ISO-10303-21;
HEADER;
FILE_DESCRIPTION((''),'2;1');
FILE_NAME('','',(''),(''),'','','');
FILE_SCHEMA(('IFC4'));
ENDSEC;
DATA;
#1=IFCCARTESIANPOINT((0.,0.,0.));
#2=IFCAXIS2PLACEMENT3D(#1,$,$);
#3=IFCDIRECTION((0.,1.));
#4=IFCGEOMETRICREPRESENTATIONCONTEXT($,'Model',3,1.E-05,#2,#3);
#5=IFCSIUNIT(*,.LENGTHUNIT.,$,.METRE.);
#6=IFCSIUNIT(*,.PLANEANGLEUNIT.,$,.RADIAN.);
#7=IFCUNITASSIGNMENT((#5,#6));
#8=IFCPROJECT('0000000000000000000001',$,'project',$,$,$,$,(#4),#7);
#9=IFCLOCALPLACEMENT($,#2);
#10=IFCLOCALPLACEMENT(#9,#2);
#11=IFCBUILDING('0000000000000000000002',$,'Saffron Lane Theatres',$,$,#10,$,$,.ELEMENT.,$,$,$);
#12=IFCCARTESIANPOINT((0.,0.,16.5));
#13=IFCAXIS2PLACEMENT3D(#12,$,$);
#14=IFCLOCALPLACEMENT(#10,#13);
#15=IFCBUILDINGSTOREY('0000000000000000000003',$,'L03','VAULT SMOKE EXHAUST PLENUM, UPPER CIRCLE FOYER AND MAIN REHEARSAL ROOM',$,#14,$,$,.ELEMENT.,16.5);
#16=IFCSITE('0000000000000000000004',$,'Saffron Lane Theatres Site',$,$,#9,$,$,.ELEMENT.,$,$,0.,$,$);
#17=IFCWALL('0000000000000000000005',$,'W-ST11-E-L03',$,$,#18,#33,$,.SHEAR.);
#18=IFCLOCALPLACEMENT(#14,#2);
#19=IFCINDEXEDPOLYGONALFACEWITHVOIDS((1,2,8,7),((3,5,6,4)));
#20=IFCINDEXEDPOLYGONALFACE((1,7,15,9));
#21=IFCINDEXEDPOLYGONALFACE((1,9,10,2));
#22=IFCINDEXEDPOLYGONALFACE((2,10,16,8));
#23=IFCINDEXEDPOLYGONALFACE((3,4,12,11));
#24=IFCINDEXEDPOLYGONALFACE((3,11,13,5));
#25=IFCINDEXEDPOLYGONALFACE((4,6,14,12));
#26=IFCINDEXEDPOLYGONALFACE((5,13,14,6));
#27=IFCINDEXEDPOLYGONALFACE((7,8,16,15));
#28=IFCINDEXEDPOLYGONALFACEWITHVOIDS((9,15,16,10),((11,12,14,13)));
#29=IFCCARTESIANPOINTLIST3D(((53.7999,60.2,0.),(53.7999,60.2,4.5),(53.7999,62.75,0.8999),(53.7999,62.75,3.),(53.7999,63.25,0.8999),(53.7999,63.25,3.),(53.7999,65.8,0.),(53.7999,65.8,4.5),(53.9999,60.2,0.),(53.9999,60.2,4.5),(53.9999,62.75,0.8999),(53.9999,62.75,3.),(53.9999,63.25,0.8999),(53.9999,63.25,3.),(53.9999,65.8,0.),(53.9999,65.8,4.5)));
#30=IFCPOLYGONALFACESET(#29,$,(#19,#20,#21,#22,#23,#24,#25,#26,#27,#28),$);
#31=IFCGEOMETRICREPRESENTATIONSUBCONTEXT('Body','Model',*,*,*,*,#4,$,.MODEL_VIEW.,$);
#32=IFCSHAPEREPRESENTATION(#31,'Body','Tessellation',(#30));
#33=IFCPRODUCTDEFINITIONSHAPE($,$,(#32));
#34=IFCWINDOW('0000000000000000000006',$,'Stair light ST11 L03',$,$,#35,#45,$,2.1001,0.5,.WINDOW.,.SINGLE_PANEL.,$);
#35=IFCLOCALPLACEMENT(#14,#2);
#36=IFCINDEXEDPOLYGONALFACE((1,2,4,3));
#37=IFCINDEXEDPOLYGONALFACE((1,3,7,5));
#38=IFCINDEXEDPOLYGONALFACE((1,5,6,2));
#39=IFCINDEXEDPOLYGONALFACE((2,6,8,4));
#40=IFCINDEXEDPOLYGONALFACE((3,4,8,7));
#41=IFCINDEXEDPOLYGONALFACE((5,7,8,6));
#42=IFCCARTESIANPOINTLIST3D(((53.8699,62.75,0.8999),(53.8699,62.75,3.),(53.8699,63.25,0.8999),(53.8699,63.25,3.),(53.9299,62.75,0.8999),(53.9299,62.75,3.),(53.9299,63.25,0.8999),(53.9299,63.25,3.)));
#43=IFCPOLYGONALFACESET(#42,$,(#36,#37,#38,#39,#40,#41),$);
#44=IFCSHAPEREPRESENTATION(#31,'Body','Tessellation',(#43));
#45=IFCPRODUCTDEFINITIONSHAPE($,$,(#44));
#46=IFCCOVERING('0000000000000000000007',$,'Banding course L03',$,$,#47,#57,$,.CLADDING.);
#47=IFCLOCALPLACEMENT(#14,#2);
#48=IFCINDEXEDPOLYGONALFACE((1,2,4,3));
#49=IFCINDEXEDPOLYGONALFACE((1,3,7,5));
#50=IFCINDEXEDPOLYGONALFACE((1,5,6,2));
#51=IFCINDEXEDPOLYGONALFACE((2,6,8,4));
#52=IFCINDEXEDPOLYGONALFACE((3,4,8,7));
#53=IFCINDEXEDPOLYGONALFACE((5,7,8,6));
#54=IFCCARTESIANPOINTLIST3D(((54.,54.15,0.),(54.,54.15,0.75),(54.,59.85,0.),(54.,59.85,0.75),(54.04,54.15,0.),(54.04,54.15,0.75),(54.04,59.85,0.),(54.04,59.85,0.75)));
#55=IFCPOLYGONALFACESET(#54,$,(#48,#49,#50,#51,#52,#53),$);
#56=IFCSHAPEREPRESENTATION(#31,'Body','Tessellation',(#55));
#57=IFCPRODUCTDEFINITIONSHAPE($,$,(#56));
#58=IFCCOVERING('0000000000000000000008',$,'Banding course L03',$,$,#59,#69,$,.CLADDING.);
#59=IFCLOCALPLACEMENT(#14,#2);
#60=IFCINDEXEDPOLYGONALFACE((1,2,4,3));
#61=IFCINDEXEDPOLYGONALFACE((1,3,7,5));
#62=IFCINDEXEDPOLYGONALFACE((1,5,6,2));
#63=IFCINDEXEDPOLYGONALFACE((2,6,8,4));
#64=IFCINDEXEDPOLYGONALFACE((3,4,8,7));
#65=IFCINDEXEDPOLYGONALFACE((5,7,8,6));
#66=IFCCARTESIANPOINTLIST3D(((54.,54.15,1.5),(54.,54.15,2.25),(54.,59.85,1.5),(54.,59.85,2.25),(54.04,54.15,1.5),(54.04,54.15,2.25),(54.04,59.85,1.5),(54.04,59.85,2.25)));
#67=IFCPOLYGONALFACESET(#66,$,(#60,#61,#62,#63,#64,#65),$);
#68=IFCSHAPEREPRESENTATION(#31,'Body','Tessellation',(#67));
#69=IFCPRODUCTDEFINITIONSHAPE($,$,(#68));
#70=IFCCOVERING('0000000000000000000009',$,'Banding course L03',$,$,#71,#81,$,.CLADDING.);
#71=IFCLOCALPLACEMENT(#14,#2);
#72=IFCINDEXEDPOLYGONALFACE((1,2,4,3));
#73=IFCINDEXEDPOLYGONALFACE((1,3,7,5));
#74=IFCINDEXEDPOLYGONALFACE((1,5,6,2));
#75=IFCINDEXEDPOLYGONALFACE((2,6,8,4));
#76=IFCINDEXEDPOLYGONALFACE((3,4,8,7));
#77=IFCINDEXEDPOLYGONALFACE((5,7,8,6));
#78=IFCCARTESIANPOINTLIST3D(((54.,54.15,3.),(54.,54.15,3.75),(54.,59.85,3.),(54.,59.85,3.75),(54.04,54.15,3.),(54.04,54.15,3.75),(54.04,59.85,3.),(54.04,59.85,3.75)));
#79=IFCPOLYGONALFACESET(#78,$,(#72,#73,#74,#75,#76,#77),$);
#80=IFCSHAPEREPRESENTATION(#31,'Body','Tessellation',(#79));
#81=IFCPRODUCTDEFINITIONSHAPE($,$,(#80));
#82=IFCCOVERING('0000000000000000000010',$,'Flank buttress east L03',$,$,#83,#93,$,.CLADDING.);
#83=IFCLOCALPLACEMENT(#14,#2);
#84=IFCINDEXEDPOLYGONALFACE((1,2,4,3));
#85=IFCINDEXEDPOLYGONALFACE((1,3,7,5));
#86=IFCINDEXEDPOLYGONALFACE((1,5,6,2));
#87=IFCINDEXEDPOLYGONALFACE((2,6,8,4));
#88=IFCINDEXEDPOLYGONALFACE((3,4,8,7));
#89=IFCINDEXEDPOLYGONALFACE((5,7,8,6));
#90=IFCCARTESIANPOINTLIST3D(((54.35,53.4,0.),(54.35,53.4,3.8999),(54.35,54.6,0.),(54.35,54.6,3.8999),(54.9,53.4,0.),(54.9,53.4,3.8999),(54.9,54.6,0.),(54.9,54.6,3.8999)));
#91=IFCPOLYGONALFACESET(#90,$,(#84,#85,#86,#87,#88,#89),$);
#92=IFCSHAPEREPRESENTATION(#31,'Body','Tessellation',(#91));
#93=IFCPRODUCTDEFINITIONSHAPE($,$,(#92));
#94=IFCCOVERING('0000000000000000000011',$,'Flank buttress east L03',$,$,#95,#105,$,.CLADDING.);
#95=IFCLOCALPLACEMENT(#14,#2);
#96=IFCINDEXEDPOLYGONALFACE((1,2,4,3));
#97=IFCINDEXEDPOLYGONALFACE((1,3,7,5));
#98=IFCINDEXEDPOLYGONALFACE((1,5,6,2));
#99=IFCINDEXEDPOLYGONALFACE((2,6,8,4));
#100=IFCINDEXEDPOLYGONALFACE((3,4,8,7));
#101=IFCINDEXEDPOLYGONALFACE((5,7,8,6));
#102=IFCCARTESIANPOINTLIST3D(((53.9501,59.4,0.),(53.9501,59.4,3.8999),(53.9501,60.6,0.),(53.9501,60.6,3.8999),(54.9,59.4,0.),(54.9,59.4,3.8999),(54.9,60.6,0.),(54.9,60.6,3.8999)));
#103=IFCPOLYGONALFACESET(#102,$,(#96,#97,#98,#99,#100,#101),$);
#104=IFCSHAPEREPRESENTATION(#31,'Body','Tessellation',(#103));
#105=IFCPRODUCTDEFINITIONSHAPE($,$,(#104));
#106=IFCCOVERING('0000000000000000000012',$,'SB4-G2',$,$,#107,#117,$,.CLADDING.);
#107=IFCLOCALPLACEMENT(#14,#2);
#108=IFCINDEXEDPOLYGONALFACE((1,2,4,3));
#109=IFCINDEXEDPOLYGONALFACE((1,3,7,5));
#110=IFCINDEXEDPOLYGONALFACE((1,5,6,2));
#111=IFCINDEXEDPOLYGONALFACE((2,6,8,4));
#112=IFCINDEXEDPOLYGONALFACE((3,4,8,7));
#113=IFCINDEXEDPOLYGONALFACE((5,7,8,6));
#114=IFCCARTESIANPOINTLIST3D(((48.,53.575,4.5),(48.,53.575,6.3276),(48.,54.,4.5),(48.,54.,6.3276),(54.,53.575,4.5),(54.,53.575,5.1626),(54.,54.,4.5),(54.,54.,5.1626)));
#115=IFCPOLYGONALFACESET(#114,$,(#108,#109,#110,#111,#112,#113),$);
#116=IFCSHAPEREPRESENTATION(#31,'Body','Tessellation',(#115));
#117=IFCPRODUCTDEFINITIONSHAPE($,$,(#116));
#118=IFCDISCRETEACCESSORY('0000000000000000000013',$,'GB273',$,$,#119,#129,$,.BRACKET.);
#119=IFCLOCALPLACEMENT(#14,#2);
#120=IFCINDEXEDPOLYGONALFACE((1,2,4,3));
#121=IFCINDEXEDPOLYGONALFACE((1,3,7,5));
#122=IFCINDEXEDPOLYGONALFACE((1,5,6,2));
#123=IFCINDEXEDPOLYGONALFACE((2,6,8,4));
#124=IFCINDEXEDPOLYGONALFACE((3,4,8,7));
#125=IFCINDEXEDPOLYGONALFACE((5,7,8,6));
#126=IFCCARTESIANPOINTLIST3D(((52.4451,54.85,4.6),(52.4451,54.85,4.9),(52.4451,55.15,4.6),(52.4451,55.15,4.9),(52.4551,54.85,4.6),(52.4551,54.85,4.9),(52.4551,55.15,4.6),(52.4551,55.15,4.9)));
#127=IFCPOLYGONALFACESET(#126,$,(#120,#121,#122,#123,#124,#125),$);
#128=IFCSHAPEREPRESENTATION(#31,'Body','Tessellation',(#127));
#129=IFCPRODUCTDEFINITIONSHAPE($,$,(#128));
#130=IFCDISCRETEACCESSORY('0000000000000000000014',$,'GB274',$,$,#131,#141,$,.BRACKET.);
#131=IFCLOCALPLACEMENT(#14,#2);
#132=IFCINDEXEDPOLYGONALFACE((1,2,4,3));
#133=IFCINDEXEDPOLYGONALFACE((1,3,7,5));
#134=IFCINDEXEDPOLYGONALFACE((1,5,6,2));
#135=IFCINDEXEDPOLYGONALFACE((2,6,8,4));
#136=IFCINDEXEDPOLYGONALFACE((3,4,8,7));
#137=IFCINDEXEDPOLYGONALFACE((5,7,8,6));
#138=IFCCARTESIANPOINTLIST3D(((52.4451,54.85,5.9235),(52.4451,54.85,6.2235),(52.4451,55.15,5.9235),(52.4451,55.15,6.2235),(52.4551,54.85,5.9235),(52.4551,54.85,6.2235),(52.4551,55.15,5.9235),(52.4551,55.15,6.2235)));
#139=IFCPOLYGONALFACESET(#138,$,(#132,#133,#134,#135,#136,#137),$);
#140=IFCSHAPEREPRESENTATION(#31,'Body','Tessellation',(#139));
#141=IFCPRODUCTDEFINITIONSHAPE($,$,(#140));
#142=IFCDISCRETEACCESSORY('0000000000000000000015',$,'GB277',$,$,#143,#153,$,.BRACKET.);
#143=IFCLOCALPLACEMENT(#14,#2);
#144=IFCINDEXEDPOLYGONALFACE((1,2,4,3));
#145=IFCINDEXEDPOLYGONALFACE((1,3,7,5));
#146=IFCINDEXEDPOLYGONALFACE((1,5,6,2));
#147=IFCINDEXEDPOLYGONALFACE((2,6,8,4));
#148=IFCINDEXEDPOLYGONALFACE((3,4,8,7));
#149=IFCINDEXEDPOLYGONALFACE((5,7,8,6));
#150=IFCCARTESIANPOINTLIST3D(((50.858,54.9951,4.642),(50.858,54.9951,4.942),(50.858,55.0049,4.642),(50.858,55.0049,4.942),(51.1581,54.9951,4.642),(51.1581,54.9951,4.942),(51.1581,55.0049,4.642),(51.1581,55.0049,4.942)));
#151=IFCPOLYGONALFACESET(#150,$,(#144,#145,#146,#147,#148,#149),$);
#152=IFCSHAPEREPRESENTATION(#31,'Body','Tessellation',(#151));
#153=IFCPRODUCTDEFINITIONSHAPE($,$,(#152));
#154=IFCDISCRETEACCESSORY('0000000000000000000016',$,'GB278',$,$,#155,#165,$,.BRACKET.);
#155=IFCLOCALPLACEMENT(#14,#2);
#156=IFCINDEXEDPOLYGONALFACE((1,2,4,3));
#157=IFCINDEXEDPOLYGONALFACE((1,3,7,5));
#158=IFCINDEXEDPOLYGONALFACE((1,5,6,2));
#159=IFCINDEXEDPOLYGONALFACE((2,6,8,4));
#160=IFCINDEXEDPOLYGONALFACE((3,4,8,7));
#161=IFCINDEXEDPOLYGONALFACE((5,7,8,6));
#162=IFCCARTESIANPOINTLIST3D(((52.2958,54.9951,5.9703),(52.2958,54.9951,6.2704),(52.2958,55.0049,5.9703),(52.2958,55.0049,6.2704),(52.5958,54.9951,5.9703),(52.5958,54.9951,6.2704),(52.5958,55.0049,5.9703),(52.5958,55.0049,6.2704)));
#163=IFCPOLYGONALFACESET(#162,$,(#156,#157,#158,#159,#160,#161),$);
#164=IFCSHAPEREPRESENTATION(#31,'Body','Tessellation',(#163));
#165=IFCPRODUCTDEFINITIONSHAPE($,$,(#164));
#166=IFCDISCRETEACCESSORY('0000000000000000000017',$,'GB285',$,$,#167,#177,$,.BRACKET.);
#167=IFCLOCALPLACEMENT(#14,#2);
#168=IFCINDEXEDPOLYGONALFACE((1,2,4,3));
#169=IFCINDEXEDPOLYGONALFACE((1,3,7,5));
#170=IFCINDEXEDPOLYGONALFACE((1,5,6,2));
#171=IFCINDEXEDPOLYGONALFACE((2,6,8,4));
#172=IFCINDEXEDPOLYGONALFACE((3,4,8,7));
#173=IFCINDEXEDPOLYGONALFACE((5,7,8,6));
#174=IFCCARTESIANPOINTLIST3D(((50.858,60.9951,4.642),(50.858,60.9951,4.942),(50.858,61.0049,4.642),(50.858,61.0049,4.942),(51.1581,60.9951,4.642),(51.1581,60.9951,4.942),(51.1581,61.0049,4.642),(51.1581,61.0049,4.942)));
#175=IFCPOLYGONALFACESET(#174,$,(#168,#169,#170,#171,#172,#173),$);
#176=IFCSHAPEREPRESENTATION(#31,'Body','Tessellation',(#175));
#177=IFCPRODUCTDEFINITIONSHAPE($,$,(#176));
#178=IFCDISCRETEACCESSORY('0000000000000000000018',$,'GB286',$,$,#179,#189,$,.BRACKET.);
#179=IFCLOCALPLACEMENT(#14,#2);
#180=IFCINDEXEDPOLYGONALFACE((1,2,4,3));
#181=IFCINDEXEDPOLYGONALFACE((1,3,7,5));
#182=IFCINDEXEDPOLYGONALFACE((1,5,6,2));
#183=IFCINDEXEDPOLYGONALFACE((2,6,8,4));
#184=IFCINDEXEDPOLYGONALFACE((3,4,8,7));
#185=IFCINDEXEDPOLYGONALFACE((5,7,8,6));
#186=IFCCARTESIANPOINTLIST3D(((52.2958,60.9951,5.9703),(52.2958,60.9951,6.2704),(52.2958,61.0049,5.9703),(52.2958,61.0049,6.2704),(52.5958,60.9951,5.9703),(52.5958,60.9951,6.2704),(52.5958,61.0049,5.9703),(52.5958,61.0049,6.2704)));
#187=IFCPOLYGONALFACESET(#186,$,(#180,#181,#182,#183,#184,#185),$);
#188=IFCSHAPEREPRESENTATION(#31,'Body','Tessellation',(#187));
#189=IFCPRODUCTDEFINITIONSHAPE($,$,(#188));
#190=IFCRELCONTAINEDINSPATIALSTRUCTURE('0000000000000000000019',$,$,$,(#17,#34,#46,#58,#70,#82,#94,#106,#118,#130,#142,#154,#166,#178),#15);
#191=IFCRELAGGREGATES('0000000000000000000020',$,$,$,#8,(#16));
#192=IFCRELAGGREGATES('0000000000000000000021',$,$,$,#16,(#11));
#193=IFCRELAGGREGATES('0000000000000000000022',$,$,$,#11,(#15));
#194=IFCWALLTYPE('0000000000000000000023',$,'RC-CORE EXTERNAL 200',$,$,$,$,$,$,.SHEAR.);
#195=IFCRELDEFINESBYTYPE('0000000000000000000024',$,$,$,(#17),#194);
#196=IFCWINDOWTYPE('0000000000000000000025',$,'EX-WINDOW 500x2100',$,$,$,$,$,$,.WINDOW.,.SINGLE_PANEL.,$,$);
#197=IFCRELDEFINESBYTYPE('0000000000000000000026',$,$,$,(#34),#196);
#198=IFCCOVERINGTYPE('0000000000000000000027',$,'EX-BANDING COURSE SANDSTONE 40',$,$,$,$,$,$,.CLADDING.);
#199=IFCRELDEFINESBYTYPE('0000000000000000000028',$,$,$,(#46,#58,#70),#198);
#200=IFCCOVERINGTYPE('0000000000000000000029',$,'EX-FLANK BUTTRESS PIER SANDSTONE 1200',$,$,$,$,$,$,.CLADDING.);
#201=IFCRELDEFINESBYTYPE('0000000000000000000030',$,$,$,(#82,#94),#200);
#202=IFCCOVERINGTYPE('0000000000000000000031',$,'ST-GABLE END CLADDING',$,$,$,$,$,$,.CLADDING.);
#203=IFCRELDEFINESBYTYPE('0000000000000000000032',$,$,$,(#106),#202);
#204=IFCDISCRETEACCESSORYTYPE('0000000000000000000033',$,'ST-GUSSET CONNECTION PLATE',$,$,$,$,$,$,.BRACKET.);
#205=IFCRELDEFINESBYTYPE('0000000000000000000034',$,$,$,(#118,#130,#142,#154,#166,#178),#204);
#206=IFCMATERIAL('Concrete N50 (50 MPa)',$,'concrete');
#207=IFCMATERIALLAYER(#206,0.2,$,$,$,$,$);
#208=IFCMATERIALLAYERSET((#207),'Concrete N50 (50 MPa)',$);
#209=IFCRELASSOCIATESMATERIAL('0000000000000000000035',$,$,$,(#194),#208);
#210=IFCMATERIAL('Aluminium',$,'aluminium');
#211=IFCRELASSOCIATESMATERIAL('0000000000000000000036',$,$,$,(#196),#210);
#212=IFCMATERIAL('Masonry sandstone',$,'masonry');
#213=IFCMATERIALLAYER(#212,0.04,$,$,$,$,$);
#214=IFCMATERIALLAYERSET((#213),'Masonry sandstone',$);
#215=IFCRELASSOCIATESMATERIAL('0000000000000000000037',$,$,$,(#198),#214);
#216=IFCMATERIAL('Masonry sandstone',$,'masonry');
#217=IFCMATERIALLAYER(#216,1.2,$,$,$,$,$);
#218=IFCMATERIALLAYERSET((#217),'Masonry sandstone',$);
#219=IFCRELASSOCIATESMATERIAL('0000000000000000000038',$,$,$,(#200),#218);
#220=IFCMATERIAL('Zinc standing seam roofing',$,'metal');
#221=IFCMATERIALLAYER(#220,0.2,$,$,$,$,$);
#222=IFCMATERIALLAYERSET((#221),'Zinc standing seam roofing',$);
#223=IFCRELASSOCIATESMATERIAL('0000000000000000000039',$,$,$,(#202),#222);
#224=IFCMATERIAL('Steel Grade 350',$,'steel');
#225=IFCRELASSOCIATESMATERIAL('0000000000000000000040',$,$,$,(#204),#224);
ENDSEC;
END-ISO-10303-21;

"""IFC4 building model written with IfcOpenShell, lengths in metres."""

from ifc_helpers import new_model, si_unit, direction, frame, frame_2d, origin, origin_2d, place, context, subcontext, project, spatial, polyline, rectangle, outline, extrude, material, layer, layer_set, material_profile, profile_set, type_object, element, fill, save


model = new_model("IFC4")

# Units and contexts
model_context = context("Model", 3, precision=1e-05, world=origin(), true_north=direction((0.0, 1.0)))
body_context = subcontext(model_context, "Body", "Model", "MODEL_VIEW")
ifc_project = project(units=[si_unit("LENGTHUNIT", "METRE"), si_unit("PLANEANGLEUNIT", "RADIAN")], contexts=[model_context])

# Site, building, storey
site_placement = place(None, origin())
site = spatial("IfcSite", under=ifc_project, at=site_placement, Name="Saffron Lane Theatres Site", CompositionType="ELEMENT", RefElevation=0.0)
building_placement = place(site_placement, origin())
building = spatial("IfcBuilding", under=site, at=building_placement, Name="Saffron Lane Theatres", CompositionType="ELEMENT")
storey_placement = place(building_placement, frame((0.0, 0.0, 16.5)))
storey = spatial("IfcBuildingStorey", under=building, at=storey_placement, Name="L03", Description="VAULT SMOKE EXHAUST PLENUM, UPPER CIRCLE FOYER AND MAIN REHEARSAL ROOM", CompositionType="ELEMENT", Elevation=16.5)

# Wall, opening, window
ifc_material_1 = material(Name="Concrete N50 (50 MPa)", Category="concrete")
ifc_layer_1 = layer(ifc_material_1, 0.2)
ifc_layer_set_1 = layer_set([ifc_layer_1], Name="Concrete N50 (50 MPa)")
wall_type_1 = type_object("IfcWallType", Name="RC-CORE EXTERNAL 200", PredefinedType="SHEAR", material=ifc_layer_set_1)
wall_1_placement = place(storey_placement, frame((53.8999, 60.2, 0.0), z_axis=(0.0, 0.0, 1.0), x_axis=(0.0, 1.0, 0.0)))
wall_1 = element("IfcWall", 1, at=wall_1_placement, inside=storey, type_object=wall_type_1, Name="W-ST11-E-L03", PredefinedType="SHEAR", context=body_context, shape_type="SweptSolid", body=[
    extrude(rectangle(XDim=5.6001, YDim=0.2, at=frame_2d((2.8, 0.0))), origin(), (0.0, 0.0, 1.0), 4.5),
])
opening_placement = place(wall_1_placement, frame((2.55, 0.0, 0.8999)))
opening = element("IfcOpeningElement", 2, at=opening_placement, cuts=wall_1, PredefinedType="OPENING", context=body_context, shape_type="SweptSolid", body=[
    extrude(rectangle(XDim=0.5, YDim=2.1001, at=frame_2d((0.25, 1.05))), frame((0.0, 0.1099, 0.0), z_axis=(0.0, -1.0, 0.0), x_axis=(1.0, 0.0, 0.0)), (0.0, 0.0, 1.0), 0.22),
])
ifc_material_2 = material(Name="Aluminium", Category="aluminium")
window_type = type_object("IfcWindowType", Name="EX-WINDOW 500x2100", PartitioningType="SINGLE_PANEL", PredefinedType="WINDOW", material=ifc_material_2)
window_placement = place(opening_placement, origin())
window = element("IfcWindow", 3, at=window_placement, inside=storey, type_object=window_type, Name="Stair light ST11 L03", OverallHeight=2.1001, OverallWidth=0.5, PartitioningType="SINGLE_PANEL", PredefinedType="WINDOW", context=body_context, shape_type="SweptSolid", body=[
    extrude(rectangle(XDim=0.5, YDim=2.1001, at=frame_2d((0.25, 1.05))), frame((0.0, 0.03, 0.0), z_axis=(0.0, -1.0, 0.0), x_axis=(1.0, 0.0, 0.0)), (0.0, 0.0, 1.0), 0.0601),
])
fill(opening, window)

# Coverings
ifc_material_3 = material(Name="Masonry sandstone", Category="masonry")
ifc_layer_2 = layer(ifc_material_3, 0.04)
ifc_layer_set_2 = layer_set([ifc_layer_2], Name="Masonry sandstone")
covering_type_1 = type_object("IfcCoveringType", Name="EX-BANDING COURSE SANDSTONE 40", PredefinedType="CLADDING", material=ifc_layer_set_2)
for number, where, z_axis, x_axis, name in (
    (4, (54.02, 57.0, 0.0), (0.0, 0.0, 1.0), (0.0, 1.0, 0.0), "Banding course L03"),
    (5, (54.02, 57.0, 1.5), (0.0, 0.0, 1.0), (0.0, 1.0, 0.0), "Banding course L03"),
    (6, (54.02, 57.0, 3.0), (0.0, 0.0, 1.0), (0.0, 1.0, 0.0), "Banding course L03"),
):
    element("IfcCovering", number, at=place(storey_placement, frame(where, z_axis=z_axis, x_axis=x_axis)), inside=storey, type_object=covering_type_1, Name=name, PredefinedType="CLADDING", context=body_context, shape_type="SweptSolid", body=[
        extrude(rectangle(XDim=5.7, YDim=0.04, at=origin_2d()), origin(), (0.0, 0.0, 1.0), 0.75),
    ])
ifc_material_4 = material(Name="Masonry sandstone", Category="masonry")
ifc_layer_3 = layer(ifc_material_4, 1.2)
ifc_layer_set_3 = layer_set([ifc_layer_3], Name="Masonry sandstone")
covering_type_2 = type_object("IfcCoveringType", Name="EX-FLANK BUTTRESS PIER SANDSTONE 1200", PredefinedType="CLADDING", material=ifc_layer_set_3)
covering_1_placement = place(storey_placement, frame((54.625, 54.0, 0.0), z_axis=(0.0, 0.0, 1.0), x_axis=(0.0, 1.0, 0.0)))
element("IfcCovering", 7, at=covering_1_placement, inside=storey, type_object=covering_type_2, Name="Flank buttress east L03", PredefinedType="CLADDING", context=body_context, shape_type="SweptSolid", body=[
    extrude(rectangle(XDim=1.2, YDim=0.55, at=origin_2d()), origin(), (0.0, 0.0, 1.0), 3.8999),
])
covering_2_placement = place(storey_placement, frame((54.425, 60.0, 0.0), z_axis=(0.0, 0.0, 1.0), x_axis=(0.0, 1.0, 0.0)))
element("IfcCovering", 8, at=covering_2_placement, inside=storey, type_object=covering_type_2, Name="Flank buttress east L03", PredefinedType="CLADDING", context=body_context, shape_type="SweptSolid", body=[
    extrude(rectangle(XDim=1.2, YDim=0.95, at=origin_2d()), origin(), (0.0, 0.0, 1.0), 3.8999),
])
ifc_material_5 = material(Name="Zinc standing seam roofing", Category="metal")
ifc_layer_4 = layer(ifc_material_5, 0.2)
ifc_layer_set_4 = layer_set([ifc_layer_4], Name="Zinc standing seam roofing")
covering_type_3 = type_object("IfcCoveringType", Name="ST-GABLE END CLADDING", PredefinedType="CLADDING", material=ifc_layer_set_4)
covering_3_placement = place(storey_placement, frame((54.0, 54.0, 4.5), z_axis=(0.0, 1.0, 0.0), x_axis=(-1.0, 0.0, 0.0)))
element("IfcCovering", 9, at=covering_3_placement, inside=storey, type_object=covering_type_3, Name="SB4-G2", PredefinedType="CLADDING", context=body_context, shape_type="SweptSolid", body=[
    extrude(outline(polyline([(0.0, 0.0), (6.0, 0.0), (6.0, 1.8276), (0.0, 0.6626), (0.0, 0.0)])), origin(), (0.0, 0.0, -1.0), 0.425),
])

# Discrete accessories
ifc_material_6 = material(Name="Steel Grade 350", Category="steel")
ifc_material_profile_1 = material_profile(ifc_material_6, rectangle(XDim=0.3, YDim=0.3, at=origin_2d()))
ifc_profile_set_1 = profile_set([ifc_material_profile_1], Name="Steel Grade 350")
discrete_accessory_type_1 = type_object("IfcDiscreteAccessoryType", Name="ST-GUSSET CONNECTION PLATE", PredefinedType="BRACKET", material=ifc_profile_set_1)
for number, where, z_axis, x_axis, name in (
    (10, (52.4451, 55.0, 4.75), (1.0, 0.0, 0.0), (0.0, 1.0, 0.0), "GB273"),
    (11, (52.4451, 55.0, 6.0735), (1.0, 0.0, 0.0), (0.0, 1.0, 0.0), "GB274"),
):
    element("IfcDiscreteAccessory", number, at=place(storey_placement, frame(where, z_axis=z_axis, x_axis=x_axis)), inside=storey, type_object=discrete_accessory_type_1, Name=name, PredefinedType="BRACKET", context=body_context, shape_type="SweptSolid", body=[
        extrude(rectangle(XDim=0.3, YDim=0.3, at=origin_2d()), origin(), (0.0, 0.0, 1.0), 0.01),
    ])
for number, where, z_axis, x_axis, name in (
    (12, (51.0081, 54.9951, 4.792), (0.0, 1.0, 0.0), (-1.0, 0.0, 0.0), "GB277"),
    (13, (52.4458, 54.9951, 6.1204), (0.0, 1.0, 0.0), (-1.0, 0.0, 0.0), "GB278"),
    (14, (51.0081, 60.9951, 4.792), (0.0, 1.0, 0.0), (-1.0, 0.0, 0.0), "GB285"),
    (15, (52.4458, 60.9951, 6.1204), (0.0, 1.0, 0.0), (-1.0, 0.0, 0.0), "GB286"),
):
    element("IfcDiscreteAccessory", number, at=place(storey_placement, frame(where, z_axis=z_axis, x_axis=x_axis)), inside=storey, type_object=discrete_accessory_type_1, Name=name, PredefinedType="BRACKET", context=body_context, shape_type="SweptSolid", body=[
        extrude(rectangle(XDim=0.3, YDim=0.3, at=origin_2d()), origin(), (0.0, 0.0, 1.0), 0.0098),
    ])

save(model, "model.ifc")
